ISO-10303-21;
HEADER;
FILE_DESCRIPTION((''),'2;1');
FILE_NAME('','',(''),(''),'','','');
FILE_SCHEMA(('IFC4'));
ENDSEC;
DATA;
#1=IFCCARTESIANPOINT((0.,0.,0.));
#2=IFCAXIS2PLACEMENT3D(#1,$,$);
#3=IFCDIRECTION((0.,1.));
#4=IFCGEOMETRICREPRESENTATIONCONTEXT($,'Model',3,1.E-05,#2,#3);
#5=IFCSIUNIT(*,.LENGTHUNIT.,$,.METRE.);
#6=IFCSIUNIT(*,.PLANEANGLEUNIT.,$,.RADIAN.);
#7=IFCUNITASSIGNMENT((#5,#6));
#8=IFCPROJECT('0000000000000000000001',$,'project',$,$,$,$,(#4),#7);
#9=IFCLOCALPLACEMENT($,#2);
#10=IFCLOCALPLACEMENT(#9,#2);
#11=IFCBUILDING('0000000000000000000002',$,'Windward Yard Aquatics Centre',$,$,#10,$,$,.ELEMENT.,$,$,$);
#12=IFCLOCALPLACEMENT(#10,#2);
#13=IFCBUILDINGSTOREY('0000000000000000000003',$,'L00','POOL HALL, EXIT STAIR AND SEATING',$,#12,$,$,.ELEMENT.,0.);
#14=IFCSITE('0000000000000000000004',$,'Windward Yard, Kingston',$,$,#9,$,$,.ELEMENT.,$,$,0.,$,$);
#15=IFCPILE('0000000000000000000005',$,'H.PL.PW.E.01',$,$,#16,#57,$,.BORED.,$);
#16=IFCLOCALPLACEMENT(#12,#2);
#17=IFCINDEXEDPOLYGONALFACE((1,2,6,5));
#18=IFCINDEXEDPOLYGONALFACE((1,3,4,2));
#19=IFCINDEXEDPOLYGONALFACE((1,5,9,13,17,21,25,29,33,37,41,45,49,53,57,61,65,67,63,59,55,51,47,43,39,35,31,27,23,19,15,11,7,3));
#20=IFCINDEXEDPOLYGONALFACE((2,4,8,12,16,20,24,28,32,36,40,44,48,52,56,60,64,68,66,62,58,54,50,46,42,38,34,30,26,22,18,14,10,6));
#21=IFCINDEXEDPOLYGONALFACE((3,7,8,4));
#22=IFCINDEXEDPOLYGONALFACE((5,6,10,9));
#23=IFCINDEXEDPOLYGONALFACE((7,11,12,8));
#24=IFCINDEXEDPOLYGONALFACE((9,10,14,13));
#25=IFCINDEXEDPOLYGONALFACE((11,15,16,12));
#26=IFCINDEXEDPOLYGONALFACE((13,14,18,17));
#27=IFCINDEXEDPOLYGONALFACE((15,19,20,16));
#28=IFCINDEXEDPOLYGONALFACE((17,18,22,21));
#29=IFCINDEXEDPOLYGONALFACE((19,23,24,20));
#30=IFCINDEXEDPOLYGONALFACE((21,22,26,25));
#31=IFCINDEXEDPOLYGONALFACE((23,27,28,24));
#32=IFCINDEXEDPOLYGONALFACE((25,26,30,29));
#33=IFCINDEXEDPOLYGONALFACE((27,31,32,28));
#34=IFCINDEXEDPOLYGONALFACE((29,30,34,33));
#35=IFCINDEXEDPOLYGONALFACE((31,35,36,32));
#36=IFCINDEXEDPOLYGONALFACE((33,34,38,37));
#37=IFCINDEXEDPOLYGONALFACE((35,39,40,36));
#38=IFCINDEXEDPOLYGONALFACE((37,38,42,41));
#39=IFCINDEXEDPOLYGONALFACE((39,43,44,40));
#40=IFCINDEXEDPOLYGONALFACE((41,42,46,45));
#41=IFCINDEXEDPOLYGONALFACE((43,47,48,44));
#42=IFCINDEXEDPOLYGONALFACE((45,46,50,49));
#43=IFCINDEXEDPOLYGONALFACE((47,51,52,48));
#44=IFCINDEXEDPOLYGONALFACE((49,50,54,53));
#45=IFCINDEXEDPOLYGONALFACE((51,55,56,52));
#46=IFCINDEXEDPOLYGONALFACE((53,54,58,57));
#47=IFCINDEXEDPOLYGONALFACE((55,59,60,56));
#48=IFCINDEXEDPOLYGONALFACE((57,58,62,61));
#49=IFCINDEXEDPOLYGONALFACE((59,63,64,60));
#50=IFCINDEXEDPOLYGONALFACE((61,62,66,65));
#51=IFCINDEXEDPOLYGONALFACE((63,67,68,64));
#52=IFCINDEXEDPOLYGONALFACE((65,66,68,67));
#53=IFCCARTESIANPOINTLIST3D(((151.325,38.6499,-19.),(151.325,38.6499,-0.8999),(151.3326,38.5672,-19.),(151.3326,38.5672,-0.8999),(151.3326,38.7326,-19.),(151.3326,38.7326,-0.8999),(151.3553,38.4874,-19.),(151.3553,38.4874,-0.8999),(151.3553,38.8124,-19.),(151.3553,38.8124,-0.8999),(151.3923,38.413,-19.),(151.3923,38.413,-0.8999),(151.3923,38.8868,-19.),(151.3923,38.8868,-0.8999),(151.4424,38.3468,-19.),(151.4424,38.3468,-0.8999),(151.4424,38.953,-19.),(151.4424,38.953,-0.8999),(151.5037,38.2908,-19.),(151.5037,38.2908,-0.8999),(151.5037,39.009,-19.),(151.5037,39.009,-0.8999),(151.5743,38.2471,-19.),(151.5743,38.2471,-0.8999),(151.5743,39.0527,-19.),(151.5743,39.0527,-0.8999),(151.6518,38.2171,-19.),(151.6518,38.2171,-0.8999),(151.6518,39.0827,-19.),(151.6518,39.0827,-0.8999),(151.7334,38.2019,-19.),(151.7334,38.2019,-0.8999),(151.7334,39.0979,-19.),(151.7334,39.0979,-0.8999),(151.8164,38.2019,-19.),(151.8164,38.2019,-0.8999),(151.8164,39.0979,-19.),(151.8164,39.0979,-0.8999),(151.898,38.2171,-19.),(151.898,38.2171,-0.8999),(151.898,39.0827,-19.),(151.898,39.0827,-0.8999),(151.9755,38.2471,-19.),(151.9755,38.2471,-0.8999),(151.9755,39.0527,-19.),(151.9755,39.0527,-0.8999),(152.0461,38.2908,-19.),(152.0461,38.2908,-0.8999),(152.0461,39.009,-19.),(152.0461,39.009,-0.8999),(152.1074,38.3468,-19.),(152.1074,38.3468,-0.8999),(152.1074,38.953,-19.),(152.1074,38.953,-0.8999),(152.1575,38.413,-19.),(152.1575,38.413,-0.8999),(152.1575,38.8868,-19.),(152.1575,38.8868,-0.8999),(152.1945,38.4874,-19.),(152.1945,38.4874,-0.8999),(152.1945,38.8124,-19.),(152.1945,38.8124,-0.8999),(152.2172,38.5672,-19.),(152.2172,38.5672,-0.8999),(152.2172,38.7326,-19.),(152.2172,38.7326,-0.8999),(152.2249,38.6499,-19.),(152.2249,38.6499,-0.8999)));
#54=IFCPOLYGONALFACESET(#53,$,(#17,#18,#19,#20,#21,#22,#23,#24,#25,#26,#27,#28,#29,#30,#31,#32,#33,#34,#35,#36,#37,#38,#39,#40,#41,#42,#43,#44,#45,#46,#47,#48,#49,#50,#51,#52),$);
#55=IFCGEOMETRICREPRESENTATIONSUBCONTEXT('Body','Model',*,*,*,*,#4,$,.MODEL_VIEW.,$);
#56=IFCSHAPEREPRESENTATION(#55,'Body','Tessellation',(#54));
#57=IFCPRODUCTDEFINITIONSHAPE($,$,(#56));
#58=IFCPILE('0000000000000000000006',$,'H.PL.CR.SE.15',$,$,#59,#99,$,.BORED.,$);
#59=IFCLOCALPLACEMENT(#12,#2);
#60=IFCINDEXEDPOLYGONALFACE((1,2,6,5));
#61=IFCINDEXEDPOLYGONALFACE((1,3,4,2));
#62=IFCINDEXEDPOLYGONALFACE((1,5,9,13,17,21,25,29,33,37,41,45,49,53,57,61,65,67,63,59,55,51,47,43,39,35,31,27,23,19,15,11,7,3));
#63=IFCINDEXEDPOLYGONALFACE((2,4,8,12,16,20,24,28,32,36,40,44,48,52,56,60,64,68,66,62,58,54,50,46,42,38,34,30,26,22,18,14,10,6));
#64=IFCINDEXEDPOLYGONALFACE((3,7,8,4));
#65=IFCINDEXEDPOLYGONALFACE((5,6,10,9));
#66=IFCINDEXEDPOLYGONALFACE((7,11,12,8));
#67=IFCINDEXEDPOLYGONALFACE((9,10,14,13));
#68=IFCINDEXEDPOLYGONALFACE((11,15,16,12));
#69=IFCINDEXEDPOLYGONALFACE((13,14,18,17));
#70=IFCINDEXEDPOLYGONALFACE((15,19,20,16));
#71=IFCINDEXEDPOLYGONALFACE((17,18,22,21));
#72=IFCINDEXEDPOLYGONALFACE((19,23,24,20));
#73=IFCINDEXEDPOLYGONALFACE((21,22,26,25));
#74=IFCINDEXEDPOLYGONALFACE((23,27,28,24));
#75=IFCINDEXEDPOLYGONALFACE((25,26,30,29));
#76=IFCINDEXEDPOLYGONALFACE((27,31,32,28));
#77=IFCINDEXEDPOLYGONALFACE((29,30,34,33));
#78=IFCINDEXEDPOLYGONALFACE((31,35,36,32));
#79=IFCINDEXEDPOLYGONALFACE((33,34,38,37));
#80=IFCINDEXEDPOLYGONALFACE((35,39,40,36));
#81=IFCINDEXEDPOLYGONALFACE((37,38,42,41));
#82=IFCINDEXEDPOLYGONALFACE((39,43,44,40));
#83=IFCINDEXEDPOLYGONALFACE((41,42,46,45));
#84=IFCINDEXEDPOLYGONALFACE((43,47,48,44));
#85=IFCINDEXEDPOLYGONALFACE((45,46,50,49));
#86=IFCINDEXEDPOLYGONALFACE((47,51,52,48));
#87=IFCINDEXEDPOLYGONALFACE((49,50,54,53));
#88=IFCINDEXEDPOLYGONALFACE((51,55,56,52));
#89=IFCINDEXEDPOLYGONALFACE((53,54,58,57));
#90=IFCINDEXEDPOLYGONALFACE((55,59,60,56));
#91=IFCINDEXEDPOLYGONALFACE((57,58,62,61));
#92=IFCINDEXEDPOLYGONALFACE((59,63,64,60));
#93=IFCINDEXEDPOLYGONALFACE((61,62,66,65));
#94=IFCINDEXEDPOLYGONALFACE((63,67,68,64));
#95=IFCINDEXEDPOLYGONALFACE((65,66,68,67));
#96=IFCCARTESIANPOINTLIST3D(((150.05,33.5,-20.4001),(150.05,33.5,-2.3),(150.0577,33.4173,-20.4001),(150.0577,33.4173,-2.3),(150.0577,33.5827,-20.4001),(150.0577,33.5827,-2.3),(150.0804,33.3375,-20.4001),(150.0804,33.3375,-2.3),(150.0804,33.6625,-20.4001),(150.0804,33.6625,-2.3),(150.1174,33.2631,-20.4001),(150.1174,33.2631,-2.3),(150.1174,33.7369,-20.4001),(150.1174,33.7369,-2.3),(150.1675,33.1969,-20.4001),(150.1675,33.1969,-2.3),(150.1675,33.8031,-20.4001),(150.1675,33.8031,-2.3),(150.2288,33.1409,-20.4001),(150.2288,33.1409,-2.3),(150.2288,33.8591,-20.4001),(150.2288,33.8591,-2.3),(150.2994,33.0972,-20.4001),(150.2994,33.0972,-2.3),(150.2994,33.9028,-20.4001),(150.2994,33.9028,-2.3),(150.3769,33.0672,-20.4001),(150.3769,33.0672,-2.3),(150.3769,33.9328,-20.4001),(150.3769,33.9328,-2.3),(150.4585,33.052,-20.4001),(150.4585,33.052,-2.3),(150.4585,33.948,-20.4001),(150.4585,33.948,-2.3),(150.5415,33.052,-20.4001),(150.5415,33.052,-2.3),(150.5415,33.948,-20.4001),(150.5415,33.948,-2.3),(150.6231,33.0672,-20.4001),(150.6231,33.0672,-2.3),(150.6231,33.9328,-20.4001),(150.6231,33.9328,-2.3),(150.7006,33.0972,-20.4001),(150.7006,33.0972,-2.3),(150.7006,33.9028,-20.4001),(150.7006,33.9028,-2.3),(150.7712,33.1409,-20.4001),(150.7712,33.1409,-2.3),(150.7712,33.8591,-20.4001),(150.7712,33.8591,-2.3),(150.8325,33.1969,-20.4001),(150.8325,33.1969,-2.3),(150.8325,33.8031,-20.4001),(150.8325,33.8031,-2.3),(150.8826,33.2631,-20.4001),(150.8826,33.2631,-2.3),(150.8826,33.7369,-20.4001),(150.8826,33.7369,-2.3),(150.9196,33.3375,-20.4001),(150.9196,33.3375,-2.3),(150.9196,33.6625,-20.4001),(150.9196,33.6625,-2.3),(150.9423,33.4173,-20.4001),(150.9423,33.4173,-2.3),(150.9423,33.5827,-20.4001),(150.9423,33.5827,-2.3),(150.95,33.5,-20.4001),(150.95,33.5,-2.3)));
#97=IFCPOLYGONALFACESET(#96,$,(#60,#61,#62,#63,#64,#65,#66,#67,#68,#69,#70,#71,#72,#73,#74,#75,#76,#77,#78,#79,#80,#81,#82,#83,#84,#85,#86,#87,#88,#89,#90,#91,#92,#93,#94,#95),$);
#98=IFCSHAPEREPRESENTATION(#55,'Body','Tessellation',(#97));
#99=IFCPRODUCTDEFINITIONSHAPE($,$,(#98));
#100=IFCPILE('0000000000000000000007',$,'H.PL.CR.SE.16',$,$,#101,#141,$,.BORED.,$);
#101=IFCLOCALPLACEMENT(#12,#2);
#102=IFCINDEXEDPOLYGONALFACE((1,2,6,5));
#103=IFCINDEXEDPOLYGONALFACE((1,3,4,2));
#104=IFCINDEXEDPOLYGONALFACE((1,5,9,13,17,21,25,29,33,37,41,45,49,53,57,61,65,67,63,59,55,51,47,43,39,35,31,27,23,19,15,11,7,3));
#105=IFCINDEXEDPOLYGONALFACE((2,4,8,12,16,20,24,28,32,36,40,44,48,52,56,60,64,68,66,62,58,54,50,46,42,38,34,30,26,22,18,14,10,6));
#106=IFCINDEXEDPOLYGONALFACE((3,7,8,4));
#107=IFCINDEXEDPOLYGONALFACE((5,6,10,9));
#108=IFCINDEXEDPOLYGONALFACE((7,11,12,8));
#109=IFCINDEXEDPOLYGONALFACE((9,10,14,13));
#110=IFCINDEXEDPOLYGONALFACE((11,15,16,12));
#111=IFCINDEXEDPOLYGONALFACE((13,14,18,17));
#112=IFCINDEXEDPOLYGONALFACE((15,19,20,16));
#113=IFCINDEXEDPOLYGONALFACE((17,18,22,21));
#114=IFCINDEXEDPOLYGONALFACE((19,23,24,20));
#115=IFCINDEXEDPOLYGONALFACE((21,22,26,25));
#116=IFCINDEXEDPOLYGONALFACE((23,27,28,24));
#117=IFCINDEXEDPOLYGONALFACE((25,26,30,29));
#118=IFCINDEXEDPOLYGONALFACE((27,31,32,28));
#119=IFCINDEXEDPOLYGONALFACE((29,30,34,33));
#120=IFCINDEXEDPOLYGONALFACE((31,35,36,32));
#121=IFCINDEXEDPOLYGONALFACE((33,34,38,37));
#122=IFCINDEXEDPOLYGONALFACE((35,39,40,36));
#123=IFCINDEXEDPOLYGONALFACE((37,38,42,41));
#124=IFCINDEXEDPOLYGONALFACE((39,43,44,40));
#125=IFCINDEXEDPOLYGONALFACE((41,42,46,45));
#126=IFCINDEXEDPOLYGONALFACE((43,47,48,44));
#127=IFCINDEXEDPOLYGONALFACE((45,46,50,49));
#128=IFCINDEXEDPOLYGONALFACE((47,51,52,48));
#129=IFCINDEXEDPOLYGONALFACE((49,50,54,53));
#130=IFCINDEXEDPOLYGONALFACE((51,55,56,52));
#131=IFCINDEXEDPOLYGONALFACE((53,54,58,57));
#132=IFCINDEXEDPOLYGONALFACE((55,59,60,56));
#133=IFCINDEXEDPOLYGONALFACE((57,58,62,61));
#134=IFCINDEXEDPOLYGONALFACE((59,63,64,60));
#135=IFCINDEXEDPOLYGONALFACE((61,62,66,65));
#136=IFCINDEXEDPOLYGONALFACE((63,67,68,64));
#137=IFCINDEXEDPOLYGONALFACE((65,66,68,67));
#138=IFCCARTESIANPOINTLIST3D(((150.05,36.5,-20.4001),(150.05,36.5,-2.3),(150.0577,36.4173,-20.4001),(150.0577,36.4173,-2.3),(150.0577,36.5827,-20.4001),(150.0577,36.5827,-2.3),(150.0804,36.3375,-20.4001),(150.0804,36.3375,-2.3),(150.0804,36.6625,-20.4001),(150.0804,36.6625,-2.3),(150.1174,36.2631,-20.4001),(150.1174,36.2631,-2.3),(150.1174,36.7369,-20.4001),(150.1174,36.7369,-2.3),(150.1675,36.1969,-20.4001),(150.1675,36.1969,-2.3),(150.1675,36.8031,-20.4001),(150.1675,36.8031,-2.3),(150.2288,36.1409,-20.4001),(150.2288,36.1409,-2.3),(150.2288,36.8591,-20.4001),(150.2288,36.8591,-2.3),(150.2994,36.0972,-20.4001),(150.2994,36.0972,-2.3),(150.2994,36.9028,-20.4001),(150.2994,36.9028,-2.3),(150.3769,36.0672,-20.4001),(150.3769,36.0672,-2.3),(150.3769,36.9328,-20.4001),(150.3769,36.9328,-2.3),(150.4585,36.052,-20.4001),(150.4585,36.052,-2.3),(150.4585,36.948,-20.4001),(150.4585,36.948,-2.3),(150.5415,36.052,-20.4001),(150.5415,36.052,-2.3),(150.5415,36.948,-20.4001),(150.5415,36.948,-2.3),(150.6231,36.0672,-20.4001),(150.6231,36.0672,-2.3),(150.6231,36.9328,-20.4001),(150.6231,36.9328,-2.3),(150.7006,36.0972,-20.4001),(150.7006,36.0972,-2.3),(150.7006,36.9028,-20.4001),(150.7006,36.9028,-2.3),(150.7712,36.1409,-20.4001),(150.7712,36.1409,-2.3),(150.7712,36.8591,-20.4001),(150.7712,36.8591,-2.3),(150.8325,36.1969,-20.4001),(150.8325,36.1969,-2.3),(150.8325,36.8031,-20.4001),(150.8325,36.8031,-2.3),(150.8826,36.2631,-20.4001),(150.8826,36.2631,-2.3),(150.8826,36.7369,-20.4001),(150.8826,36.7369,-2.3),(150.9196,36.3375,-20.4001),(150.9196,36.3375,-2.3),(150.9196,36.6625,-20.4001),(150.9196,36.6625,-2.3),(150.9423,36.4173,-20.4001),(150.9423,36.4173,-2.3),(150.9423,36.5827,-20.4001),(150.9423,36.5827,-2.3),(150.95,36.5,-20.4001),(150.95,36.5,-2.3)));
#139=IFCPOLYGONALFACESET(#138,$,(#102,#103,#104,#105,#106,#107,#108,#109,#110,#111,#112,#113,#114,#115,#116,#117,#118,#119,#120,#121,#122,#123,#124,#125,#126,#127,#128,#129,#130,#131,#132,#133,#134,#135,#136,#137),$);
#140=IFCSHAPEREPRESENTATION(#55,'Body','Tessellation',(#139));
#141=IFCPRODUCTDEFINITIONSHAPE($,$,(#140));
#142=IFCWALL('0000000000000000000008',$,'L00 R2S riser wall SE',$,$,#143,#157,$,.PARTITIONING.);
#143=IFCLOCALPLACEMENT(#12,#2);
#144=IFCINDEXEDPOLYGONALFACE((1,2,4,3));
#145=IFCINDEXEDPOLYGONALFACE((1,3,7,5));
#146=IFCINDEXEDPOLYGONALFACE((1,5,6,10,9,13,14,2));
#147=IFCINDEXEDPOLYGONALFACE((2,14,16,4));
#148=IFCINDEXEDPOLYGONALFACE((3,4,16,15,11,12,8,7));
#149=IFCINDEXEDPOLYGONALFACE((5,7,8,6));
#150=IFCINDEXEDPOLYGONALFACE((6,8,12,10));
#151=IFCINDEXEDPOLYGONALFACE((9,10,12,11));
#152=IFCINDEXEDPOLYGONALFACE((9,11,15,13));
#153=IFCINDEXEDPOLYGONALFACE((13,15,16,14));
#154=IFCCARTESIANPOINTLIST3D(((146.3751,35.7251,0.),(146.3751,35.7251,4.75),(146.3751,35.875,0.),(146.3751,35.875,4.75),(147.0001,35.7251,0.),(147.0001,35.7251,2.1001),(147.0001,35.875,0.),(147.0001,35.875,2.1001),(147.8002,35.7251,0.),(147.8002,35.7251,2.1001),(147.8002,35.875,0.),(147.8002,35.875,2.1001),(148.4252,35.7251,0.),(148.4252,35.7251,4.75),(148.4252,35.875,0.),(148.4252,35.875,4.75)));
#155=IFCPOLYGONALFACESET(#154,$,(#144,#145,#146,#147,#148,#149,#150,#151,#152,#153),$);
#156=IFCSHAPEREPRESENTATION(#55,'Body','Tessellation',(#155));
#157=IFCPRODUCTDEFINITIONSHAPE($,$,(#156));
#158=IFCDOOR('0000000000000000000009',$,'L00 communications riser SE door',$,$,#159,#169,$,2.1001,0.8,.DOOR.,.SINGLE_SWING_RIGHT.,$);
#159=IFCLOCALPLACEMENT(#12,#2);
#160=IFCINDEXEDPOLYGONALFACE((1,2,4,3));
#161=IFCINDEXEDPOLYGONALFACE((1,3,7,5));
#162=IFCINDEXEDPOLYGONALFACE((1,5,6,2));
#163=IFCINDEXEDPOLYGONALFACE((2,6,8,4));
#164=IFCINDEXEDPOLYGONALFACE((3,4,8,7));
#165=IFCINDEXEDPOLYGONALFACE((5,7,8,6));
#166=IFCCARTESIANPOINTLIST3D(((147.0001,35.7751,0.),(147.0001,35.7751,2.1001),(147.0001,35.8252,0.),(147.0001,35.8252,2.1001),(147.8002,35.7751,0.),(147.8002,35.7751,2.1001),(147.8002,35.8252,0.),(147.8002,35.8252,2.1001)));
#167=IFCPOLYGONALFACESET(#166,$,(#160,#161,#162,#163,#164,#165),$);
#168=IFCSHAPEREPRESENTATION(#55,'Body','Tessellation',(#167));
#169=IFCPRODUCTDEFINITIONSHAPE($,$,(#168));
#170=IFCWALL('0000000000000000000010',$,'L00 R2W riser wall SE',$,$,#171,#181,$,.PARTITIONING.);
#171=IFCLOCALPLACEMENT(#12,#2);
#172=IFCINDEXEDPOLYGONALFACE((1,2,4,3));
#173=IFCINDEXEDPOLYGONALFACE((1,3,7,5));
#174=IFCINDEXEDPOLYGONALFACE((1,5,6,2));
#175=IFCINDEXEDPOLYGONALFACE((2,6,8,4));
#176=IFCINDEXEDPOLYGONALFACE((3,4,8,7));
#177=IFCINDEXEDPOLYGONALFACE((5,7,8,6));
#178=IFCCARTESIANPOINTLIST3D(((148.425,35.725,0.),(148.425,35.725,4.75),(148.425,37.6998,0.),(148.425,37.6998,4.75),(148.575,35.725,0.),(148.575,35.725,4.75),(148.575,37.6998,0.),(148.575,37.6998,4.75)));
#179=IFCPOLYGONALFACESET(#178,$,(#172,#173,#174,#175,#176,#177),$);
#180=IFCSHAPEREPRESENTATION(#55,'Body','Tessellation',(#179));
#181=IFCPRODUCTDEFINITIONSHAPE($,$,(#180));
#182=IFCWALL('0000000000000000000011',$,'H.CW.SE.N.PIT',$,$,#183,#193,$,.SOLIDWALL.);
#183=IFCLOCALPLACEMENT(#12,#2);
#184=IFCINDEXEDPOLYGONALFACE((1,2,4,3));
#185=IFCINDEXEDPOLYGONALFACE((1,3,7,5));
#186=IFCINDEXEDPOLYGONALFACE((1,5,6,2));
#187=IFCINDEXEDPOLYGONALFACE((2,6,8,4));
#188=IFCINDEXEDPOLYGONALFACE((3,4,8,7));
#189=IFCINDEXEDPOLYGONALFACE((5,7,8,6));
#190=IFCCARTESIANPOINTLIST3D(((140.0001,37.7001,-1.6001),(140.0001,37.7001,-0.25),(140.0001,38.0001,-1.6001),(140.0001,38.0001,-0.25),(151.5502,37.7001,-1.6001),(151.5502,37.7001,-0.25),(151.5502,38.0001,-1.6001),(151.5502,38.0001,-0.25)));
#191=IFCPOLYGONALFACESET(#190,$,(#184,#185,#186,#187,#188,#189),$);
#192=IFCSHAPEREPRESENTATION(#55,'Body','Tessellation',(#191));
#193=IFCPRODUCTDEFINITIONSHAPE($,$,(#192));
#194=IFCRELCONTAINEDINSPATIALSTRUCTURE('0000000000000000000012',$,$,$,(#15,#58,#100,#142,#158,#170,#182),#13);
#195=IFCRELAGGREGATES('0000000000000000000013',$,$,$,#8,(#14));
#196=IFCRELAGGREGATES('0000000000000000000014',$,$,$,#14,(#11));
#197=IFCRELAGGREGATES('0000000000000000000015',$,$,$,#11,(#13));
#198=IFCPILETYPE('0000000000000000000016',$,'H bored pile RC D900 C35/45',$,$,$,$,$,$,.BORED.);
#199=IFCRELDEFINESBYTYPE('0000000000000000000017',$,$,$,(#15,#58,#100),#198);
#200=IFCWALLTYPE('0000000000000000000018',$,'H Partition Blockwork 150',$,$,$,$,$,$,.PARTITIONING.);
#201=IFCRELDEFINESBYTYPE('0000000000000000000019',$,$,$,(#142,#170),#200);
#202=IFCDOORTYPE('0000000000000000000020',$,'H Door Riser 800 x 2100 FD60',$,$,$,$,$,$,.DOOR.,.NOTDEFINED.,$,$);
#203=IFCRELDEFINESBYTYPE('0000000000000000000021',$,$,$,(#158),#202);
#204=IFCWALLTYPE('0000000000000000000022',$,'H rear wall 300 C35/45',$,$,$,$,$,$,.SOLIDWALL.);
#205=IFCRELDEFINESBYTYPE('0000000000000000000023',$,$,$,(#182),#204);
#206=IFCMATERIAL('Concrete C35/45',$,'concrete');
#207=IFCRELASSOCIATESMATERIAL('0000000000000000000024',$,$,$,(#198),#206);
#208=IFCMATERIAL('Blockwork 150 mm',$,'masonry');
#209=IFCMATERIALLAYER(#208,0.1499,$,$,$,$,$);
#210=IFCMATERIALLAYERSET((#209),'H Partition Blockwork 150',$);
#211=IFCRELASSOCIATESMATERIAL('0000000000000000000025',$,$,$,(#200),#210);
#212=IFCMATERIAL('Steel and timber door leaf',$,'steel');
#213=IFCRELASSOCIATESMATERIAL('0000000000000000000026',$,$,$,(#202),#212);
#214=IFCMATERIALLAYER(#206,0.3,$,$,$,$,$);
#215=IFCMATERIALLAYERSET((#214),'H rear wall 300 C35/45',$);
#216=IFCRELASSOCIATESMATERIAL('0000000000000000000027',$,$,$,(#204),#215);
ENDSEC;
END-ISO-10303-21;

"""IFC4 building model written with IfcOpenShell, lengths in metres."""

from ifc_helpers import new_model, si_unit, direction, frame, frame_2d, origin, origin_2d, place, context, subcontext, project, spatial, rectangle, circle, extrude, material, layer, layer_set, material_profile, profile_set, type_object, element, fill, save


model = new_model("IFC4")

# Units and contexts
model_context = context("Model", 3, precision=1e-05, world=origin(), true_north=direction((0.0, 1.0)))
body_context = subcontext(model_context, "Body", "Model", "MODEL_VIEW")
ifc_project = project(units=[si_unit("LENGTHUNIT", "METRE"), si_unit("PLANEANGLEUNIT", "RADIAN")], contexts=[model_context])

# Site, building, storey
site_placement = place(None, origin())
site = spatial("IfcSite", under=ifc_project, at=site_placement, Name="Windward Yard, Kingston", CompositionType="ELEMENT", RefElevation=0.0)
building_placement = place(site_placement, origin())
building = spatial("IfcBuilding", under=site, at=building_placement, Name="Windward Yard Aquatics Centre", CompositionType="ELEMENT")
storey_placement = place(building_placement, origin())
storey = spatial("IfcBuildingStorey", under=building, at=storey_placement, Name="L00", Description="POOL HALL, EXIT STAIR AND SEATING", CompositionType="ELEMENT", Elevation=0.0)

# Piles
ifc_material_1 = material(Name="Concrete C35/45", Category="concrete")
ifc_material_profile = material_profile(ifc_material_1, circle(Radius=0.45, at=origin_2d()), Name="RC D900")
ifc_profile_set = profile_set([ifc_material_profile], Name="Concrete C35/45")
pile_type = type_object("IfcPileType", Name="H bored pile RC D900 C35/45", PredefinedType="BORED", material=ifc_profile_set)
for number, where, z_axis, x_axis, name in (
    (1, (151.7749, 38.6499, -0.8999), (0.0, 0.0, -1.0), (1.0, 0.0, 0.0), "H.PL.PW.E.01"),
    (2, (150.5, 33.5, -2.3), (0.0, 0.0, -1.0), (1.0, 0.0, 0.0), "H.PL.CR.SE.15"),
    (3, (150.5, 36.5, -2.3), (0.0, 0.0, -1.0), (1.0, 0.0, 0.0), "H.PL.CR.SE.16"),
):
    element("IfcPile", number, at=place(storey_placement, frame(where, z_axis=z_axis, x_axis=x_axis)), inside=storey, type_object=pile_type, Name=name, PredefinedType="BORED", context=body_context, shape_type="SweptSolid", body=[
        extrude(circle(Radius=0.45, at=origin_2d()), origin(), (0.0, 0.0, 1.0), 18.1001),
    ])

# Wall, opening, door
ifc_material_2 = material(Name="Blockwork 150 mm", Category="masonry")
ifc_layer_1 = layer(ifc_material_2, 0.1499)
ifc_layer_set_1 = layer_set([ifc_layer_1], Name="H Partition Blockwork 150")
wall_type_1 = type_object("IfcWallType", Name="H Partition Blockwork 150", PredefinedType="PARTITIONING", material=ifc_layer_set_1)
wall_1_placement = place(storey_placement, frame((148.425, 35.8, 0.0), z_axis=(0.0, 0.0, 1.0), x_axis=(-1.0, 0.0, 0.0)))
wall_1 = element("IfcWall", 4, at=wall_1_placement, inside=storey, type_object=wall_type_1, Name="L00 R2S riser wall SE", PredefinedType="PARTITIONING", context=body_context, shape_type="SweptSolid", body=[
    extrude(rectangle(XDim=2.05, YDim=0.1499, at=frame_2d((1.0249, 0.0))), origin(), (0.0, 0.0, 1.0), 4.75),
])
opening_1_placement = place(wall_1_placement, frame((0.625, 0.0, 0.0)))
opening_1 = element("IfcOpeningElement", 5, at=opening_1_placement, cuts=wall_1, PredefinedType="OPENING", context=body_context, shape_type="SweptSolid", body=[
    extrude(rectangle(XDim=0.8, YDim=2.1001, at=frame_2d((0.3999, 1.05))), frame((0.0, 0.085, 0.0), z_axis=(0.0, -1.0, 0.0), x_axis=(1.0, 0.0, 0.0)), (0.0, 0.0, 1.0), 0.1699),
])
ifc_material_3 = material(Name="Steel and timber door leaf", Category="steel")
door_type_1 = type_object("IfcDoorType", Name="H Door Riser 800 x 2100 FD60", OperationType="NOTDEFINED", PredefinedType="DOOR", material=ifc_material_3)
door_1_placement = place(opening_1_placement, origin())
door_1 = element("IfcDoor", 6, at=door_1_placement, inside=storey, type_object=door_type_1, Name="L00 communications riser SE door", OperationType="SINGLE_SWING_RIGHT", OverallHeight=2.1001, OverallWidth=0.8, PredefinedType="DOOR", context=body_context, shape_type="SweptSolid", body=[
    extrude(rectangle(XDim=0.8, YDim=2.1001, at=frame_2d((0.3999, 1.05))), frame((0.0, 0.0249, 0.0), z_axis=(0.0, -1.0, 0.0), x_axis=(1.0, 0.0, 0.0)), (0.0, 0.0, 1.0), 0.05),
])
fill(opening_1, door_1)

# Wall
wall_2_placement = place(storey_placement, frame((148.5, 35.7251, 0.0), z_axis=(0.0, 0.0, 1.0), x_axis=(0.0, 1.0, 0.0)))
element("IfcWall", 7, at=wall_2_placement, inside=storey, type_object=wall_type_1, Name="L00 R2W riser wall SE", PredefinedType="PARTITIONING", context=body_context, shape_type="SweptSolid", body=[
    extrude(rectangle(XDim=1.9749, YDim=0.1499, at=frame_2d((0.9873, 0.0))), origin(), (0.0, 0.0, 1.0), 4.75),
])

# Wall
ifc_layer_2 = layer(ifc_material_1, 0.3)
ifc_layer_set_2 = layer_set([ifc_layer_2], Name="H rear wall 300 C35/45")
wall_type_2 = type_object("IfcWallType", Name="H rear wall 300 C35/45", PredefinedType="SOLIDWALL", material=ifc_layer_set_2)
wall_3_placement = place(storey_placement, frame((151.55, 37.8501, -1.6001), z_axis=(0.0, 0.0, 1.0), x_axis=(-1.0, 0.0, 0.0)))
element("IfcWall", 8, at=wall_3_placement, inside=storey, type_object=wall_type_2, Name="H.CW.SE.N.PIT", PredefinedType="SOLIDWALL", context=body_context, shape_type="SweptSolid", body=[
    extrude(rectangle(XDim=11.55, YDim=0.3, at=frame_2d((5.7749, 0.0))), origin(), (0.0, 0.0, 1.0), 1.3501),
])

save(model, "model.ifc")
